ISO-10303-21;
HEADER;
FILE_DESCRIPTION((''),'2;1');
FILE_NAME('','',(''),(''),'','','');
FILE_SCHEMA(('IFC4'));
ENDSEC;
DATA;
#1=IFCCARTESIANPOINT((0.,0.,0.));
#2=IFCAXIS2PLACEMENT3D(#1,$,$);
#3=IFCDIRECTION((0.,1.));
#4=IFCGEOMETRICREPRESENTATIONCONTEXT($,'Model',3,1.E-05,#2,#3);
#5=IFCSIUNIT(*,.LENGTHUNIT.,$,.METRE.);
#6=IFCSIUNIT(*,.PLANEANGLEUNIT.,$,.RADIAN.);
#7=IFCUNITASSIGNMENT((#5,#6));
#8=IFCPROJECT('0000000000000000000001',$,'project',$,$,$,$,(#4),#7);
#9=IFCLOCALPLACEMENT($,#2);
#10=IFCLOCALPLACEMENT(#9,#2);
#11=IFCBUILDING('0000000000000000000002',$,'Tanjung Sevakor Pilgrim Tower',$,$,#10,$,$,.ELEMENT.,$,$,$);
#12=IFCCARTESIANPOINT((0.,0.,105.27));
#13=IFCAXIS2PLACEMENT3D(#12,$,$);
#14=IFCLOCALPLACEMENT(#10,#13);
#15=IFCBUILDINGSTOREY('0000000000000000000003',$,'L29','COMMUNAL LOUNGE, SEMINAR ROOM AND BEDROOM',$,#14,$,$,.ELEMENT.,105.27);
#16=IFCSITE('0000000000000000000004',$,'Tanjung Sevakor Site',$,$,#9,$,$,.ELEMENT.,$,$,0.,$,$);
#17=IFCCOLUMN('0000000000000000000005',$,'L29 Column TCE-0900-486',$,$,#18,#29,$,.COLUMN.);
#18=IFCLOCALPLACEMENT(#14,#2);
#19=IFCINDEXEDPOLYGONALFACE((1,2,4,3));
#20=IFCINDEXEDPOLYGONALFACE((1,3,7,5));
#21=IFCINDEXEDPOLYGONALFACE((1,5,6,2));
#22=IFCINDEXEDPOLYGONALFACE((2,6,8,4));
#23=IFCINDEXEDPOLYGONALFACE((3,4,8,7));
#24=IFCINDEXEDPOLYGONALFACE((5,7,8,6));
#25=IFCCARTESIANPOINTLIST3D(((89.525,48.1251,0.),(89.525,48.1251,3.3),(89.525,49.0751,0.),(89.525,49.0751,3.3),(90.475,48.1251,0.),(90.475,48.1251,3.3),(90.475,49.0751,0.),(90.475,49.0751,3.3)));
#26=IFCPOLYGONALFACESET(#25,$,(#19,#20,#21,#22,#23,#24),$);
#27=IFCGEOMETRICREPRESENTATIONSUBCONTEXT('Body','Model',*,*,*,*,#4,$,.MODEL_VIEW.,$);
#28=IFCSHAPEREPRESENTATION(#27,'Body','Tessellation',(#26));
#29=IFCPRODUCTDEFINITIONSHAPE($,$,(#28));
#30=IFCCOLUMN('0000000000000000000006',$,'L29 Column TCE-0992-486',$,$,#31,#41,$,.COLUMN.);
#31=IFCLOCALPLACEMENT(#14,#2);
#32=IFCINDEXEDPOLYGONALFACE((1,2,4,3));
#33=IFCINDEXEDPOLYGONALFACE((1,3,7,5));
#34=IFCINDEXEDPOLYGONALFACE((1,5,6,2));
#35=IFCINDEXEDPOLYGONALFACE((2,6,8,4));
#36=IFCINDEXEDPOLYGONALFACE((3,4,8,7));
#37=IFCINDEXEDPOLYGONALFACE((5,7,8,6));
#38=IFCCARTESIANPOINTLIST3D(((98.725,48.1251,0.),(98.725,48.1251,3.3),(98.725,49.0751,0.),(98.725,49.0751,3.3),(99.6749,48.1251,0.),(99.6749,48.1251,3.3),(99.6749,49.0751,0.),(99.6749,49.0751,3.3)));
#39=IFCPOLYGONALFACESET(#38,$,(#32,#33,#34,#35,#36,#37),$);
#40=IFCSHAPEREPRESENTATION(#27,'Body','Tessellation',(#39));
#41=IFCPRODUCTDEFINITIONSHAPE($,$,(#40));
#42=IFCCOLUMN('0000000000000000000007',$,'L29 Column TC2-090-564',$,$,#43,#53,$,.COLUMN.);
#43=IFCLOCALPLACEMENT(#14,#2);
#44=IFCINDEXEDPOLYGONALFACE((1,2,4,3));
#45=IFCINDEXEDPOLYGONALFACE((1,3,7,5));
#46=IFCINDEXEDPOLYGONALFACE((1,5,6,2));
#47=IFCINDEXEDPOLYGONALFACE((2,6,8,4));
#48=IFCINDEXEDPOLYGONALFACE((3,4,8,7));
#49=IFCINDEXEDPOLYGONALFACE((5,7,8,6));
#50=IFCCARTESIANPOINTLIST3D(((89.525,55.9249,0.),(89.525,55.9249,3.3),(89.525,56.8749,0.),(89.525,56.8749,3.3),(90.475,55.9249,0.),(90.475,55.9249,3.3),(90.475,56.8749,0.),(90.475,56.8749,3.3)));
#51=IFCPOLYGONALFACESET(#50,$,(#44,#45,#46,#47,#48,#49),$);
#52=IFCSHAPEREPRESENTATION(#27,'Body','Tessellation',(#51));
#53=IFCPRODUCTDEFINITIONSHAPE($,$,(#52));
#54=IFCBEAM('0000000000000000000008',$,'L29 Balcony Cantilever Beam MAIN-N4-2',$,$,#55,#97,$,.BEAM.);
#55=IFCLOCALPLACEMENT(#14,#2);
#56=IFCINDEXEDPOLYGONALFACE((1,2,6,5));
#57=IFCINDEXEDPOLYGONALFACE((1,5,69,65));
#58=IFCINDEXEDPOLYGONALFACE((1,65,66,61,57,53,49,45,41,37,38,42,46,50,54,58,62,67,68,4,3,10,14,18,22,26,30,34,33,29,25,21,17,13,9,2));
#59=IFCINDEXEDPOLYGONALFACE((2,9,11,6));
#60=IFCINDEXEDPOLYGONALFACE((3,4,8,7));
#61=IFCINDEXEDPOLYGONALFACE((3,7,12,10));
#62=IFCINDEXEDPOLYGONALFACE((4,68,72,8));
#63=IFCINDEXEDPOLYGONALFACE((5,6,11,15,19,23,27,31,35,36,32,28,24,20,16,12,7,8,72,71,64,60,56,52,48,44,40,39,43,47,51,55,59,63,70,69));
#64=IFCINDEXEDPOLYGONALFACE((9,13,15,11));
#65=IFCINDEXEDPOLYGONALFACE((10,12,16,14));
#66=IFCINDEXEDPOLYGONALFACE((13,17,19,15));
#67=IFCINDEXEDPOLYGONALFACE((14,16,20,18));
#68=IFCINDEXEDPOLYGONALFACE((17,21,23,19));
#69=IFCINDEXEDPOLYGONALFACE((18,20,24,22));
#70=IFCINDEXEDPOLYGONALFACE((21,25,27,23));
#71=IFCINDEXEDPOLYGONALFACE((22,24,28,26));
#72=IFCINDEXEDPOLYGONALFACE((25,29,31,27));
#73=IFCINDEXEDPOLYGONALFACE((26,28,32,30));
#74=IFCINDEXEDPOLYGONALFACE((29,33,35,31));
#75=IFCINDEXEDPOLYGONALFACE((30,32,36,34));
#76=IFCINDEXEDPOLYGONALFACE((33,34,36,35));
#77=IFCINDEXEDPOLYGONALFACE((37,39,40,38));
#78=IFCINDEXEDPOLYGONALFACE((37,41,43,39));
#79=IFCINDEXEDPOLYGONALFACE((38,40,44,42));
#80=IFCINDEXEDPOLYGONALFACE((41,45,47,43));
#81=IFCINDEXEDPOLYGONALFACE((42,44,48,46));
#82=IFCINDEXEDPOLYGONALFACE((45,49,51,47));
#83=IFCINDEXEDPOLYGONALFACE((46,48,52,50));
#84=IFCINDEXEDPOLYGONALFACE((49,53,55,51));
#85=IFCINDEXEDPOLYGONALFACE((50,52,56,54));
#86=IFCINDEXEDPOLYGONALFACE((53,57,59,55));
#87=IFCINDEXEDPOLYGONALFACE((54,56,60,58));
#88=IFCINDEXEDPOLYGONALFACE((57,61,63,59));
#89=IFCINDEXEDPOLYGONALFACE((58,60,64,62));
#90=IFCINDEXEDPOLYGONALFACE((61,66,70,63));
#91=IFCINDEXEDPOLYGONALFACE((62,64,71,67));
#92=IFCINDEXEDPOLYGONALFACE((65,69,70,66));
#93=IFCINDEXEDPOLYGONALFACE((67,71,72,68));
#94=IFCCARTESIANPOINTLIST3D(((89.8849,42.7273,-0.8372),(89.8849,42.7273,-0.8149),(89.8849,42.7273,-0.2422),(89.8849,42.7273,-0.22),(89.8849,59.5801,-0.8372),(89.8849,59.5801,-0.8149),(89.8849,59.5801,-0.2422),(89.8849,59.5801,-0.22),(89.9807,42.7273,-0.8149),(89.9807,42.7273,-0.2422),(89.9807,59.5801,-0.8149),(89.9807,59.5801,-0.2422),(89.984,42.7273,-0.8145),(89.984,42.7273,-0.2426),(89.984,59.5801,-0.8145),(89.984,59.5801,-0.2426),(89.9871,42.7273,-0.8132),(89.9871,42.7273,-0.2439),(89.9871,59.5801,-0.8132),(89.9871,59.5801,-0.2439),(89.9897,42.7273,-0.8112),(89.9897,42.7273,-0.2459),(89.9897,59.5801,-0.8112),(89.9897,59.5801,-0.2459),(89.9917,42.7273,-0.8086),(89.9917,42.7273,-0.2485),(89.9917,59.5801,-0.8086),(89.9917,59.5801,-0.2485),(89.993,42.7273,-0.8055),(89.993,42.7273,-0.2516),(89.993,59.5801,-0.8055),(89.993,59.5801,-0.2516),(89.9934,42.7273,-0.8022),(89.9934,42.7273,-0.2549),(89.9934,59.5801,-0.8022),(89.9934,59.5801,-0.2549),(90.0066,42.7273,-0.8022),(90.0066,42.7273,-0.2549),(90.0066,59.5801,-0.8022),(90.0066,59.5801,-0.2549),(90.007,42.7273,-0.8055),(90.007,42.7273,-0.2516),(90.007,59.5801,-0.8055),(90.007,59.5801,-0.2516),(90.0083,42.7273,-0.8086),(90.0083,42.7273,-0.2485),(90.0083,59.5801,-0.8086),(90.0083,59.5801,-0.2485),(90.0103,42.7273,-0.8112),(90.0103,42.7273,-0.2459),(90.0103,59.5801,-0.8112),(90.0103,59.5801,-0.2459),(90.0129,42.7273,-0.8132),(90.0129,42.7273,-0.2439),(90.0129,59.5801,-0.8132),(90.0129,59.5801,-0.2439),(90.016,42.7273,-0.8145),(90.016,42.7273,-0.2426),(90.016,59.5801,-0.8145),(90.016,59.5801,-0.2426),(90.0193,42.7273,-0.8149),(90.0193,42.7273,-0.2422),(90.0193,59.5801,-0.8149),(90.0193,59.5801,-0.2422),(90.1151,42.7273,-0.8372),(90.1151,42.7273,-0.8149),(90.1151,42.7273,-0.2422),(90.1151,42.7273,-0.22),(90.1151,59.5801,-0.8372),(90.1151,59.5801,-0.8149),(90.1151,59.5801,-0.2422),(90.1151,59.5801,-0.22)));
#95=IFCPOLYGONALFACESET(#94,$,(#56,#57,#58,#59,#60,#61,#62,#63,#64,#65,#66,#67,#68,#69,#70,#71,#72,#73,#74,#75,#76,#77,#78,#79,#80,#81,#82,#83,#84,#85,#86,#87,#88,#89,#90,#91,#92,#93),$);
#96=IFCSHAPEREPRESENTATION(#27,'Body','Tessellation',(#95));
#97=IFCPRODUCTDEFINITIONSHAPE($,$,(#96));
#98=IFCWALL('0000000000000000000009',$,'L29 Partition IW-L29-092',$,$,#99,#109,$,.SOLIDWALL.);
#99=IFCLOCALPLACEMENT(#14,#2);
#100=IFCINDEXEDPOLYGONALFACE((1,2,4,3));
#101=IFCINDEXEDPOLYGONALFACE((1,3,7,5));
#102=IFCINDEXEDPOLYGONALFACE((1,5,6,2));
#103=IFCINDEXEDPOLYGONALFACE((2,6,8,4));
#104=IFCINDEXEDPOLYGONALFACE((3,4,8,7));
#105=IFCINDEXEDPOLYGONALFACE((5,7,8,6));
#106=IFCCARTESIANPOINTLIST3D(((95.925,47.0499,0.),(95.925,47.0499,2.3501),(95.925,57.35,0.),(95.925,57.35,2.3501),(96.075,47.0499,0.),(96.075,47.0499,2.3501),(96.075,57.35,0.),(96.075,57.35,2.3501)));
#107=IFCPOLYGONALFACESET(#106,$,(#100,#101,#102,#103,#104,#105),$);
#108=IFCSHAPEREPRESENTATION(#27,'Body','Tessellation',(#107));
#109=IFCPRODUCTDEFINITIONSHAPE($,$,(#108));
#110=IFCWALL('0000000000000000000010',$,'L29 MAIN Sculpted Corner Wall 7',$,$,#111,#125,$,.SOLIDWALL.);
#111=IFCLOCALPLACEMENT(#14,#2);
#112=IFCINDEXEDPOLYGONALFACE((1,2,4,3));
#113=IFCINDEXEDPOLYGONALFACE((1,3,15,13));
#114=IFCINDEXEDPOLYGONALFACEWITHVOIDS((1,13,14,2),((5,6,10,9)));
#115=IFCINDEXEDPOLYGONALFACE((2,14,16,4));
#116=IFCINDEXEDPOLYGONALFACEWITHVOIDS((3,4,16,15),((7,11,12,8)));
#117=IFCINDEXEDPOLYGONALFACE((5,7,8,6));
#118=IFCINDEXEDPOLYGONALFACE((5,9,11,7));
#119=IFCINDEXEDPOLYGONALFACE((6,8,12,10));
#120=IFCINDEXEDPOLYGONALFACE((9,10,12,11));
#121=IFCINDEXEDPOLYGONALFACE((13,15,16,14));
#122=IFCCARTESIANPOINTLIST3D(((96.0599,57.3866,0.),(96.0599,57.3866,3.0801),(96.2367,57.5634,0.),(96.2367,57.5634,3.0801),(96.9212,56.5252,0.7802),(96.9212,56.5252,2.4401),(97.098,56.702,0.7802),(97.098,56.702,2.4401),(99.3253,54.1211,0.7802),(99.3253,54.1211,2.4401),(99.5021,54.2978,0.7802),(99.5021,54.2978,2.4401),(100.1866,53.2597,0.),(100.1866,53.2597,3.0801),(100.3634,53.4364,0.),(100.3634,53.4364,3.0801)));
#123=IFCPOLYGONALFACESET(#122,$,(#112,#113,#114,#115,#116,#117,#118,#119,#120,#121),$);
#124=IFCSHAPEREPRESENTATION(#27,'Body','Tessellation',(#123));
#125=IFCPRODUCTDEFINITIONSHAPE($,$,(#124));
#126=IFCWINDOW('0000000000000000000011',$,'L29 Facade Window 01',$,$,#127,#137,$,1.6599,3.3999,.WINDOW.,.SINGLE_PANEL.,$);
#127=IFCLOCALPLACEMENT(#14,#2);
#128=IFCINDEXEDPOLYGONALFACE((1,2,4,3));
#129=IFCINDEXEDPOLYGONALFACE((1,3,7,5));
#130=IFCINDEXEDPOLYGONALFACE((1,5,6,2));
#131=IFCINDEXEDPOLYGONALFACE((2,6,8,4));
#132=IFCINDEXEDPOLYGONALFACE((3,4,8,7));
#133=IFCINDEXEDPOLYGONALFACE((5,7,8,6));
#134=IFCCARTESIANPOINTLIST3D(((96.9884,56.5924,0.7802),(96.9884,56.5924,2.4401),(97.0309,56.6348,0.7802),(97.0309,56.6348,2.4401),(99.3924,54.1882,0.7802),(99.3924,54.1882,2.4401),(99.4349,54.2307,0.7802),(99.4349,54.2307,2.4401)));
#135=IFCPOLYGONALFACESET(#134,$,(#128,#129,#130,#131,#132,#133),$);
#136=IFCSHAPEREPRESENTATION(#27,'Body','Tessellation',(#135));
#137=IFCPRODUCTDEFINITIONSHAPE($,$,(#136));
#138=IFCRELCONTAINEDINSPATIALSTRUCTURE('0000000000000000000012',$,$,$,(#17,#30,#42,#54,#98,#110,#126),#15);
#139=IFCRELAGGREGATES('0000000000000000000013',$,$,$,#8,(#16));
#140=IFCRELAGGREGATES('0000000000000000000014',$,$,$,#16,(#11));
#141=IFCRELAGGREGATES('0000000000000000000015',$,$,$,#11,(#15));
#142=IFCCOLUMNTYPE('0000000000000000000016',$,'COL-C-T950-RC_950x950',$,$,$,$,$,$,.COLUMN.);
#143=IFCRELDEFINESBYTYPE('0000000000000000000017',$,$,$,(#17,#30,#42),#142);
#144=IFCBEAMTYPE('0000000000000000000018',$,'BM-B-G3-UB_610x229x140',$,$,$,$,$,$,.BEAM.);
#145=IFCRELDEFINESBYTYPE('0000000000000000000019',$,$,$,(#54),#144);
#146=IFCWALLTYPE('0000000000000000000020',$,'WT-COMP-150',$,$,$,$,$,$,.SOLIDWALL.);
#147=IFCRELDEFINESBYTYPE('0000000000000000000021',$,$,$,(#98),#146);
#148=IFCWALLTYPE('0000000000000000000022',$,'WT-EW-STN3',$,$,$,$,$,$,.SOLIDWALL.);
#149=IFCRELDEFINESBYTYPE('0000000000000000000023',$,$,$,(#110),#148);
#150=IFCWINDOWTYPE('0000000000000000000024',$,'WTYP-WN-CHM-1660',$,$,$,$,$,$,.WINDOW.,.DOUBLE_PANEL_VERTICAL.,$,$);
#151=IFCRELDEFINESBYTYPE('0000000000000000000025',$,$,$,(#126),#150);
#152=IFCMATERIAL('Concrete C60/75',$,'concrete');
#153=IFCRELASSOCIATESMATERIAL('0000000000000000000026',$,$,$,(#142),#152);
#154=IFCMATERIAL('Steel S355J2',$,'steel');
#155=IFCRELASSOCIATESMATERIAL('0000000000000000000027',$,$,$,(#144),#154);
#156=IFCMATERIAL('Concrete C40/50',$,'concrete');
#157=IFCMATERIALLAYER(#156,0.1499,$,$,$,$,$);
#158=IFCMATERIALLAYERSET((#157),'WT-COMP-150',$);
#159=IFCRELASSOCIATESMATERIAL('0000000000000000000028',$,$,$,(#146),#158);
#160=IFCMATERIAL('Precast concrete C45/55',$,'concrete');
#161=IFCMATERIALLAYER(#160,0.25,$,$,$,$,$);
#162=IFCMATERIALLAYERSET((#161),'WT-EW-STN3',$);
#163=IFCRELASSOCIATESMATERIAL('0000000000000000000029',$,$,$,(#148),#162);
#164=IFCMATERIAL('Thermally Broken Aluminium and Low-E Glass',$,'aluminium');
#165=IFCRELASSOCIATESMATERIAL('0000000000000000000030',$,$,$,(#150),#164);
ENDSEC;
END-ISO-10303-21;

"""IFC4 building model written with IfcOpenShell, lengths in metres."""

from ifc_helpers import new_model, si_unit, direction, frame, frame_2d, origin, origin_2d, place, context, subcontext, project, spatial, rectangle, i_section, extrude, material, layer, layer_set, material_profile, profile_set, type_object, element, fill, save


model = new_model("IFC4")

# Units and contexts
model_context = context("Model", 3, precision=1e-05, world=origin(), true_north=direction((0.0, 1.0)))
body_context = subcontext(model_context, "Body", "Model", "MODEL_VIEW")
ifc_project = project(units=[si_unit("LENGTHUNIT", "METRE"), si_unit("PLANEANGLEUNIT", "RADIAN")], contexts=[model_context])

# Site, building, storey
site_placement = place(None, origin())
site = spatial("IfcSite", under=ifc_project, at=site_placement, Name="Tanjung Sevakor Site", CompositionType="ELEMENT", RefElevation=0.0)
building_placement = place(site_placement, origin())
building = spatial("IfcBuilding", under=site, at=building_placement, Name="Tanjung Sevakor Pilgrim Tower", CompositionType="ELEMENT")
storey_placement = place(building_placement, frame((0.0, 0.0, 105.27)))
storey = spatial("IfcBuildingStorey", under=building, at=storey_placement, Name="L29", Description="COMMUNAL LOUNGE, SEMINAR ROOM AND BEDROOM", CompositionType="ELEMENT", Elevation=105.27)

# Columns
ifc_material_1 = material(Name="Concrete C60/75", Category="concrete")
ifc_material_profile_1 = material_profile(ifc_material_1, rectangle(XDim=0.95, YDim=0.95, at=origin_2d()))
ifc_profile_set_1 = profile_set([ifc_material_profile_1], Name="Concrete C60/75")
column_type = type_object("IfcColumnType", Name="COL-C-T950-RC_950x950", PredefinedType="COLUMN", material=ifc_profile_set_1)
for number, where, z_axis, x_axis, name in (
    (1, (90.0, 48.6001, 0.0), (0.0, 0.0, 1.0), (1.0, 0.0, 0.0), "L29 Column TCE-0900-486"),
    (2, (99.2, 48.6001, 0.0), (0.0, 0.0, 1.0), (1.0, 0.0, 0.0), "L29 Column TCE-0992-486"),
    (3, (90.0, 56.3999, 0.0), (0.0, 0.0, 1.0), (1.0, 0.0, 0.0), "L29 Column TC2-090-564"),
):
    element("IfcColumn", number, at=place(storey_placement, frame(where, z_axis=z_axis, x_axis=x_axis)), inside=storey, type_object=column_type, Name=name, PredefinedType="COLUMN", context=body_context, shape_type="SweptSolid", body=[
        extrude(rectangle(XDim=0.95, YDim=0.95, at=origin_2d()), origin(), (0.0, 0.0, 1.0), 3.3),
    ])

# Beam
ifc_material_2 = material(Name="Steel S355J2", Category="steel")
ifc_material_profile_2 = material_profile(ifc_material_2, i_section(OverallWidth=0.2302, OverallDepth=0.6172, WebThickness=0.0132, FlangeThickness=0.0222, FilletRadius=0.0127, at=origin_2d()))
ifc_profile_set_2 = profile_set([ifc_material_profile_2], Name="Steel S355J2")
beam_type = type_object("IfcBeamType", Name="BM-B-G3-UB_610x229x140", PredefinedType="BEAM", material=ifc_profile_set_2)
beam_placement = place(storey_placement, frame((90.0, 42.7273, -0.5286), z_axis=(0.0, 1.0, 0.0), x_axis=(-1.0, 0.0, 0.0)))
element("IfcBeam", 4, at=beam_placement, inside=storey, type_object=beam_type, Name="L29 Balcony Cantilever Beam MAIN-N4-2", PredefinedType="BEAM", context=body_context, shape_type="SweptSolid", body=[
    extrude(i_section(OverallWidth=0.2302, OverallDepth=0.6172, WebThickness=0.0132, FlangeThickness=0.0222, FilletRadius=0.0127, at=origin_2d()), origin(), (0.0, 0.0, 1.0), 16.8528),
])

# Wall
ifc_material_3 = material(Name="Concrete C40/50", Category="concrete")
ifc_layer_1 = layer(ifc_material_3, 0.1499)
ifc_layer_set_1 = layer_set([ifc_layer_1], Name="WT-COMP-150")
wall_type_1 = type_object("IfcWallType", Name="WT-COMP-150", PredefinedType="SOLIDWALL", material=ifc_layer_set_1)
wall_1_placement = place(storey_placement, frame((96.0, 47.05, 0.0), z_axis=(0.0, 0.0, 1.0), x_axis=(0.0, 1.0, 0.0)))
element("IfcWall", 5, at=wall_1_placement, inside=storey, type_object=wall_type_1, Name="L29 Partition IW-L29-092", PredefinedType="SOLIDWALL", context=body_context, shape_type="SweptSolid", body=[
    extrude(rectangle(XDim=10.3, YDim=0.1499, at=frame_2d((5.1499, 0.0))), origin(), (0.0, 0.0, 1.0), 2.3501),
])

# Wall, opening, window
ifc_material_4 = material(Name="Precast concrete C45/55", Category="concrete")
ifc_layer_2 = layer(ifc_material_4, 0.25)
ifc_layer_set_2 = layer_set([ifc_layer_2], Name="WT-EW-STN3")
wall_type_2 = type_object("IfcWallType", Name="WT-EW-STN3", PredefinedType="SOLIDWALL", material=ifc_layer_set_2)
wall_2_placement = place(storey_placement, frame((100.2749, 53.3481, 0.0), z_axis=(0.0, 0.0, 1.0), x_axis=(-0.707086, 0.707128, 0.0)))
wall_2 = element("IfcWall", 6, at=wall_2_placement, inside=storey, type_object=wall_type_2, Name="L29 MAIN Sculpted Corner Wall 7", PredefinedType="SOLIDWALL", context=body_context, shape_type="SweptSolid", body=[
    extrude(rectangle(XDim=5.8362, YDim=0.25, at=frame_2d((2.918, 0.0))), origin(), (0.0, 0.0, 1.0), 3.0801),
])
opening_1_placement = place(wall_2_placement, frame((1.218, 0.0, 0.78)))
opening_1 = element("IfcOpeningElement", 7, at=opening_1_placement, cuts=wall_2, PredefinedType="OPENING", context=body_context, shape_type="SweptSolid", body=[
    extrude(rectangle(XDim=3.3999, YDim=1.6599, at=frame_2d((1.7, 0.8301))), frame((0.0, 0.135, 0.0), z_axis=(0.0, -1.0, 0.0), x_axis=(1.0, 0.0, 0.0)), (0.0, 0.0, 1.0), 0.27),
])
ifc_material_5 = material(Name="Thermally Broken Aluminium and Low-E Glass", Category="aluminium")
window_type_1 = type_object("IfcWindowType", Name="WTYP-WN-CHM-1660", PartitioningType="DOUBLE_PANEL_VERTICAL", PredefinedType="WINDOW", material=ifc_material_5)
window_1_placement = place(opening_1_placement, origin())
window_1 = element("IfcWindow", 8, at=window_1_placement, inside=storey, type_object=window_type_1, Name="L29 Facade Window 01", OverallHeight=1.6599, OverallWidth=3.3999, PartitioningType="SINGLE_PANEL", PredefinedType="WINDOW", context=body_context, shape_type="SweptSolid", body=[
    extrude(rectangle(XDim=3.3999, YDim=1.6599, at=frame_2d((1.7, 0.8301))), frame((0.0, 0.03, 0.0), z_axis=(0.0, -1.0, 0.0), x_axis=(1.0, 0.0, 0.0)), (0.0, 0.0, 1.0), 0.0601),
])
fill(opening_1, window_1)

save(model, "model.ifc")
